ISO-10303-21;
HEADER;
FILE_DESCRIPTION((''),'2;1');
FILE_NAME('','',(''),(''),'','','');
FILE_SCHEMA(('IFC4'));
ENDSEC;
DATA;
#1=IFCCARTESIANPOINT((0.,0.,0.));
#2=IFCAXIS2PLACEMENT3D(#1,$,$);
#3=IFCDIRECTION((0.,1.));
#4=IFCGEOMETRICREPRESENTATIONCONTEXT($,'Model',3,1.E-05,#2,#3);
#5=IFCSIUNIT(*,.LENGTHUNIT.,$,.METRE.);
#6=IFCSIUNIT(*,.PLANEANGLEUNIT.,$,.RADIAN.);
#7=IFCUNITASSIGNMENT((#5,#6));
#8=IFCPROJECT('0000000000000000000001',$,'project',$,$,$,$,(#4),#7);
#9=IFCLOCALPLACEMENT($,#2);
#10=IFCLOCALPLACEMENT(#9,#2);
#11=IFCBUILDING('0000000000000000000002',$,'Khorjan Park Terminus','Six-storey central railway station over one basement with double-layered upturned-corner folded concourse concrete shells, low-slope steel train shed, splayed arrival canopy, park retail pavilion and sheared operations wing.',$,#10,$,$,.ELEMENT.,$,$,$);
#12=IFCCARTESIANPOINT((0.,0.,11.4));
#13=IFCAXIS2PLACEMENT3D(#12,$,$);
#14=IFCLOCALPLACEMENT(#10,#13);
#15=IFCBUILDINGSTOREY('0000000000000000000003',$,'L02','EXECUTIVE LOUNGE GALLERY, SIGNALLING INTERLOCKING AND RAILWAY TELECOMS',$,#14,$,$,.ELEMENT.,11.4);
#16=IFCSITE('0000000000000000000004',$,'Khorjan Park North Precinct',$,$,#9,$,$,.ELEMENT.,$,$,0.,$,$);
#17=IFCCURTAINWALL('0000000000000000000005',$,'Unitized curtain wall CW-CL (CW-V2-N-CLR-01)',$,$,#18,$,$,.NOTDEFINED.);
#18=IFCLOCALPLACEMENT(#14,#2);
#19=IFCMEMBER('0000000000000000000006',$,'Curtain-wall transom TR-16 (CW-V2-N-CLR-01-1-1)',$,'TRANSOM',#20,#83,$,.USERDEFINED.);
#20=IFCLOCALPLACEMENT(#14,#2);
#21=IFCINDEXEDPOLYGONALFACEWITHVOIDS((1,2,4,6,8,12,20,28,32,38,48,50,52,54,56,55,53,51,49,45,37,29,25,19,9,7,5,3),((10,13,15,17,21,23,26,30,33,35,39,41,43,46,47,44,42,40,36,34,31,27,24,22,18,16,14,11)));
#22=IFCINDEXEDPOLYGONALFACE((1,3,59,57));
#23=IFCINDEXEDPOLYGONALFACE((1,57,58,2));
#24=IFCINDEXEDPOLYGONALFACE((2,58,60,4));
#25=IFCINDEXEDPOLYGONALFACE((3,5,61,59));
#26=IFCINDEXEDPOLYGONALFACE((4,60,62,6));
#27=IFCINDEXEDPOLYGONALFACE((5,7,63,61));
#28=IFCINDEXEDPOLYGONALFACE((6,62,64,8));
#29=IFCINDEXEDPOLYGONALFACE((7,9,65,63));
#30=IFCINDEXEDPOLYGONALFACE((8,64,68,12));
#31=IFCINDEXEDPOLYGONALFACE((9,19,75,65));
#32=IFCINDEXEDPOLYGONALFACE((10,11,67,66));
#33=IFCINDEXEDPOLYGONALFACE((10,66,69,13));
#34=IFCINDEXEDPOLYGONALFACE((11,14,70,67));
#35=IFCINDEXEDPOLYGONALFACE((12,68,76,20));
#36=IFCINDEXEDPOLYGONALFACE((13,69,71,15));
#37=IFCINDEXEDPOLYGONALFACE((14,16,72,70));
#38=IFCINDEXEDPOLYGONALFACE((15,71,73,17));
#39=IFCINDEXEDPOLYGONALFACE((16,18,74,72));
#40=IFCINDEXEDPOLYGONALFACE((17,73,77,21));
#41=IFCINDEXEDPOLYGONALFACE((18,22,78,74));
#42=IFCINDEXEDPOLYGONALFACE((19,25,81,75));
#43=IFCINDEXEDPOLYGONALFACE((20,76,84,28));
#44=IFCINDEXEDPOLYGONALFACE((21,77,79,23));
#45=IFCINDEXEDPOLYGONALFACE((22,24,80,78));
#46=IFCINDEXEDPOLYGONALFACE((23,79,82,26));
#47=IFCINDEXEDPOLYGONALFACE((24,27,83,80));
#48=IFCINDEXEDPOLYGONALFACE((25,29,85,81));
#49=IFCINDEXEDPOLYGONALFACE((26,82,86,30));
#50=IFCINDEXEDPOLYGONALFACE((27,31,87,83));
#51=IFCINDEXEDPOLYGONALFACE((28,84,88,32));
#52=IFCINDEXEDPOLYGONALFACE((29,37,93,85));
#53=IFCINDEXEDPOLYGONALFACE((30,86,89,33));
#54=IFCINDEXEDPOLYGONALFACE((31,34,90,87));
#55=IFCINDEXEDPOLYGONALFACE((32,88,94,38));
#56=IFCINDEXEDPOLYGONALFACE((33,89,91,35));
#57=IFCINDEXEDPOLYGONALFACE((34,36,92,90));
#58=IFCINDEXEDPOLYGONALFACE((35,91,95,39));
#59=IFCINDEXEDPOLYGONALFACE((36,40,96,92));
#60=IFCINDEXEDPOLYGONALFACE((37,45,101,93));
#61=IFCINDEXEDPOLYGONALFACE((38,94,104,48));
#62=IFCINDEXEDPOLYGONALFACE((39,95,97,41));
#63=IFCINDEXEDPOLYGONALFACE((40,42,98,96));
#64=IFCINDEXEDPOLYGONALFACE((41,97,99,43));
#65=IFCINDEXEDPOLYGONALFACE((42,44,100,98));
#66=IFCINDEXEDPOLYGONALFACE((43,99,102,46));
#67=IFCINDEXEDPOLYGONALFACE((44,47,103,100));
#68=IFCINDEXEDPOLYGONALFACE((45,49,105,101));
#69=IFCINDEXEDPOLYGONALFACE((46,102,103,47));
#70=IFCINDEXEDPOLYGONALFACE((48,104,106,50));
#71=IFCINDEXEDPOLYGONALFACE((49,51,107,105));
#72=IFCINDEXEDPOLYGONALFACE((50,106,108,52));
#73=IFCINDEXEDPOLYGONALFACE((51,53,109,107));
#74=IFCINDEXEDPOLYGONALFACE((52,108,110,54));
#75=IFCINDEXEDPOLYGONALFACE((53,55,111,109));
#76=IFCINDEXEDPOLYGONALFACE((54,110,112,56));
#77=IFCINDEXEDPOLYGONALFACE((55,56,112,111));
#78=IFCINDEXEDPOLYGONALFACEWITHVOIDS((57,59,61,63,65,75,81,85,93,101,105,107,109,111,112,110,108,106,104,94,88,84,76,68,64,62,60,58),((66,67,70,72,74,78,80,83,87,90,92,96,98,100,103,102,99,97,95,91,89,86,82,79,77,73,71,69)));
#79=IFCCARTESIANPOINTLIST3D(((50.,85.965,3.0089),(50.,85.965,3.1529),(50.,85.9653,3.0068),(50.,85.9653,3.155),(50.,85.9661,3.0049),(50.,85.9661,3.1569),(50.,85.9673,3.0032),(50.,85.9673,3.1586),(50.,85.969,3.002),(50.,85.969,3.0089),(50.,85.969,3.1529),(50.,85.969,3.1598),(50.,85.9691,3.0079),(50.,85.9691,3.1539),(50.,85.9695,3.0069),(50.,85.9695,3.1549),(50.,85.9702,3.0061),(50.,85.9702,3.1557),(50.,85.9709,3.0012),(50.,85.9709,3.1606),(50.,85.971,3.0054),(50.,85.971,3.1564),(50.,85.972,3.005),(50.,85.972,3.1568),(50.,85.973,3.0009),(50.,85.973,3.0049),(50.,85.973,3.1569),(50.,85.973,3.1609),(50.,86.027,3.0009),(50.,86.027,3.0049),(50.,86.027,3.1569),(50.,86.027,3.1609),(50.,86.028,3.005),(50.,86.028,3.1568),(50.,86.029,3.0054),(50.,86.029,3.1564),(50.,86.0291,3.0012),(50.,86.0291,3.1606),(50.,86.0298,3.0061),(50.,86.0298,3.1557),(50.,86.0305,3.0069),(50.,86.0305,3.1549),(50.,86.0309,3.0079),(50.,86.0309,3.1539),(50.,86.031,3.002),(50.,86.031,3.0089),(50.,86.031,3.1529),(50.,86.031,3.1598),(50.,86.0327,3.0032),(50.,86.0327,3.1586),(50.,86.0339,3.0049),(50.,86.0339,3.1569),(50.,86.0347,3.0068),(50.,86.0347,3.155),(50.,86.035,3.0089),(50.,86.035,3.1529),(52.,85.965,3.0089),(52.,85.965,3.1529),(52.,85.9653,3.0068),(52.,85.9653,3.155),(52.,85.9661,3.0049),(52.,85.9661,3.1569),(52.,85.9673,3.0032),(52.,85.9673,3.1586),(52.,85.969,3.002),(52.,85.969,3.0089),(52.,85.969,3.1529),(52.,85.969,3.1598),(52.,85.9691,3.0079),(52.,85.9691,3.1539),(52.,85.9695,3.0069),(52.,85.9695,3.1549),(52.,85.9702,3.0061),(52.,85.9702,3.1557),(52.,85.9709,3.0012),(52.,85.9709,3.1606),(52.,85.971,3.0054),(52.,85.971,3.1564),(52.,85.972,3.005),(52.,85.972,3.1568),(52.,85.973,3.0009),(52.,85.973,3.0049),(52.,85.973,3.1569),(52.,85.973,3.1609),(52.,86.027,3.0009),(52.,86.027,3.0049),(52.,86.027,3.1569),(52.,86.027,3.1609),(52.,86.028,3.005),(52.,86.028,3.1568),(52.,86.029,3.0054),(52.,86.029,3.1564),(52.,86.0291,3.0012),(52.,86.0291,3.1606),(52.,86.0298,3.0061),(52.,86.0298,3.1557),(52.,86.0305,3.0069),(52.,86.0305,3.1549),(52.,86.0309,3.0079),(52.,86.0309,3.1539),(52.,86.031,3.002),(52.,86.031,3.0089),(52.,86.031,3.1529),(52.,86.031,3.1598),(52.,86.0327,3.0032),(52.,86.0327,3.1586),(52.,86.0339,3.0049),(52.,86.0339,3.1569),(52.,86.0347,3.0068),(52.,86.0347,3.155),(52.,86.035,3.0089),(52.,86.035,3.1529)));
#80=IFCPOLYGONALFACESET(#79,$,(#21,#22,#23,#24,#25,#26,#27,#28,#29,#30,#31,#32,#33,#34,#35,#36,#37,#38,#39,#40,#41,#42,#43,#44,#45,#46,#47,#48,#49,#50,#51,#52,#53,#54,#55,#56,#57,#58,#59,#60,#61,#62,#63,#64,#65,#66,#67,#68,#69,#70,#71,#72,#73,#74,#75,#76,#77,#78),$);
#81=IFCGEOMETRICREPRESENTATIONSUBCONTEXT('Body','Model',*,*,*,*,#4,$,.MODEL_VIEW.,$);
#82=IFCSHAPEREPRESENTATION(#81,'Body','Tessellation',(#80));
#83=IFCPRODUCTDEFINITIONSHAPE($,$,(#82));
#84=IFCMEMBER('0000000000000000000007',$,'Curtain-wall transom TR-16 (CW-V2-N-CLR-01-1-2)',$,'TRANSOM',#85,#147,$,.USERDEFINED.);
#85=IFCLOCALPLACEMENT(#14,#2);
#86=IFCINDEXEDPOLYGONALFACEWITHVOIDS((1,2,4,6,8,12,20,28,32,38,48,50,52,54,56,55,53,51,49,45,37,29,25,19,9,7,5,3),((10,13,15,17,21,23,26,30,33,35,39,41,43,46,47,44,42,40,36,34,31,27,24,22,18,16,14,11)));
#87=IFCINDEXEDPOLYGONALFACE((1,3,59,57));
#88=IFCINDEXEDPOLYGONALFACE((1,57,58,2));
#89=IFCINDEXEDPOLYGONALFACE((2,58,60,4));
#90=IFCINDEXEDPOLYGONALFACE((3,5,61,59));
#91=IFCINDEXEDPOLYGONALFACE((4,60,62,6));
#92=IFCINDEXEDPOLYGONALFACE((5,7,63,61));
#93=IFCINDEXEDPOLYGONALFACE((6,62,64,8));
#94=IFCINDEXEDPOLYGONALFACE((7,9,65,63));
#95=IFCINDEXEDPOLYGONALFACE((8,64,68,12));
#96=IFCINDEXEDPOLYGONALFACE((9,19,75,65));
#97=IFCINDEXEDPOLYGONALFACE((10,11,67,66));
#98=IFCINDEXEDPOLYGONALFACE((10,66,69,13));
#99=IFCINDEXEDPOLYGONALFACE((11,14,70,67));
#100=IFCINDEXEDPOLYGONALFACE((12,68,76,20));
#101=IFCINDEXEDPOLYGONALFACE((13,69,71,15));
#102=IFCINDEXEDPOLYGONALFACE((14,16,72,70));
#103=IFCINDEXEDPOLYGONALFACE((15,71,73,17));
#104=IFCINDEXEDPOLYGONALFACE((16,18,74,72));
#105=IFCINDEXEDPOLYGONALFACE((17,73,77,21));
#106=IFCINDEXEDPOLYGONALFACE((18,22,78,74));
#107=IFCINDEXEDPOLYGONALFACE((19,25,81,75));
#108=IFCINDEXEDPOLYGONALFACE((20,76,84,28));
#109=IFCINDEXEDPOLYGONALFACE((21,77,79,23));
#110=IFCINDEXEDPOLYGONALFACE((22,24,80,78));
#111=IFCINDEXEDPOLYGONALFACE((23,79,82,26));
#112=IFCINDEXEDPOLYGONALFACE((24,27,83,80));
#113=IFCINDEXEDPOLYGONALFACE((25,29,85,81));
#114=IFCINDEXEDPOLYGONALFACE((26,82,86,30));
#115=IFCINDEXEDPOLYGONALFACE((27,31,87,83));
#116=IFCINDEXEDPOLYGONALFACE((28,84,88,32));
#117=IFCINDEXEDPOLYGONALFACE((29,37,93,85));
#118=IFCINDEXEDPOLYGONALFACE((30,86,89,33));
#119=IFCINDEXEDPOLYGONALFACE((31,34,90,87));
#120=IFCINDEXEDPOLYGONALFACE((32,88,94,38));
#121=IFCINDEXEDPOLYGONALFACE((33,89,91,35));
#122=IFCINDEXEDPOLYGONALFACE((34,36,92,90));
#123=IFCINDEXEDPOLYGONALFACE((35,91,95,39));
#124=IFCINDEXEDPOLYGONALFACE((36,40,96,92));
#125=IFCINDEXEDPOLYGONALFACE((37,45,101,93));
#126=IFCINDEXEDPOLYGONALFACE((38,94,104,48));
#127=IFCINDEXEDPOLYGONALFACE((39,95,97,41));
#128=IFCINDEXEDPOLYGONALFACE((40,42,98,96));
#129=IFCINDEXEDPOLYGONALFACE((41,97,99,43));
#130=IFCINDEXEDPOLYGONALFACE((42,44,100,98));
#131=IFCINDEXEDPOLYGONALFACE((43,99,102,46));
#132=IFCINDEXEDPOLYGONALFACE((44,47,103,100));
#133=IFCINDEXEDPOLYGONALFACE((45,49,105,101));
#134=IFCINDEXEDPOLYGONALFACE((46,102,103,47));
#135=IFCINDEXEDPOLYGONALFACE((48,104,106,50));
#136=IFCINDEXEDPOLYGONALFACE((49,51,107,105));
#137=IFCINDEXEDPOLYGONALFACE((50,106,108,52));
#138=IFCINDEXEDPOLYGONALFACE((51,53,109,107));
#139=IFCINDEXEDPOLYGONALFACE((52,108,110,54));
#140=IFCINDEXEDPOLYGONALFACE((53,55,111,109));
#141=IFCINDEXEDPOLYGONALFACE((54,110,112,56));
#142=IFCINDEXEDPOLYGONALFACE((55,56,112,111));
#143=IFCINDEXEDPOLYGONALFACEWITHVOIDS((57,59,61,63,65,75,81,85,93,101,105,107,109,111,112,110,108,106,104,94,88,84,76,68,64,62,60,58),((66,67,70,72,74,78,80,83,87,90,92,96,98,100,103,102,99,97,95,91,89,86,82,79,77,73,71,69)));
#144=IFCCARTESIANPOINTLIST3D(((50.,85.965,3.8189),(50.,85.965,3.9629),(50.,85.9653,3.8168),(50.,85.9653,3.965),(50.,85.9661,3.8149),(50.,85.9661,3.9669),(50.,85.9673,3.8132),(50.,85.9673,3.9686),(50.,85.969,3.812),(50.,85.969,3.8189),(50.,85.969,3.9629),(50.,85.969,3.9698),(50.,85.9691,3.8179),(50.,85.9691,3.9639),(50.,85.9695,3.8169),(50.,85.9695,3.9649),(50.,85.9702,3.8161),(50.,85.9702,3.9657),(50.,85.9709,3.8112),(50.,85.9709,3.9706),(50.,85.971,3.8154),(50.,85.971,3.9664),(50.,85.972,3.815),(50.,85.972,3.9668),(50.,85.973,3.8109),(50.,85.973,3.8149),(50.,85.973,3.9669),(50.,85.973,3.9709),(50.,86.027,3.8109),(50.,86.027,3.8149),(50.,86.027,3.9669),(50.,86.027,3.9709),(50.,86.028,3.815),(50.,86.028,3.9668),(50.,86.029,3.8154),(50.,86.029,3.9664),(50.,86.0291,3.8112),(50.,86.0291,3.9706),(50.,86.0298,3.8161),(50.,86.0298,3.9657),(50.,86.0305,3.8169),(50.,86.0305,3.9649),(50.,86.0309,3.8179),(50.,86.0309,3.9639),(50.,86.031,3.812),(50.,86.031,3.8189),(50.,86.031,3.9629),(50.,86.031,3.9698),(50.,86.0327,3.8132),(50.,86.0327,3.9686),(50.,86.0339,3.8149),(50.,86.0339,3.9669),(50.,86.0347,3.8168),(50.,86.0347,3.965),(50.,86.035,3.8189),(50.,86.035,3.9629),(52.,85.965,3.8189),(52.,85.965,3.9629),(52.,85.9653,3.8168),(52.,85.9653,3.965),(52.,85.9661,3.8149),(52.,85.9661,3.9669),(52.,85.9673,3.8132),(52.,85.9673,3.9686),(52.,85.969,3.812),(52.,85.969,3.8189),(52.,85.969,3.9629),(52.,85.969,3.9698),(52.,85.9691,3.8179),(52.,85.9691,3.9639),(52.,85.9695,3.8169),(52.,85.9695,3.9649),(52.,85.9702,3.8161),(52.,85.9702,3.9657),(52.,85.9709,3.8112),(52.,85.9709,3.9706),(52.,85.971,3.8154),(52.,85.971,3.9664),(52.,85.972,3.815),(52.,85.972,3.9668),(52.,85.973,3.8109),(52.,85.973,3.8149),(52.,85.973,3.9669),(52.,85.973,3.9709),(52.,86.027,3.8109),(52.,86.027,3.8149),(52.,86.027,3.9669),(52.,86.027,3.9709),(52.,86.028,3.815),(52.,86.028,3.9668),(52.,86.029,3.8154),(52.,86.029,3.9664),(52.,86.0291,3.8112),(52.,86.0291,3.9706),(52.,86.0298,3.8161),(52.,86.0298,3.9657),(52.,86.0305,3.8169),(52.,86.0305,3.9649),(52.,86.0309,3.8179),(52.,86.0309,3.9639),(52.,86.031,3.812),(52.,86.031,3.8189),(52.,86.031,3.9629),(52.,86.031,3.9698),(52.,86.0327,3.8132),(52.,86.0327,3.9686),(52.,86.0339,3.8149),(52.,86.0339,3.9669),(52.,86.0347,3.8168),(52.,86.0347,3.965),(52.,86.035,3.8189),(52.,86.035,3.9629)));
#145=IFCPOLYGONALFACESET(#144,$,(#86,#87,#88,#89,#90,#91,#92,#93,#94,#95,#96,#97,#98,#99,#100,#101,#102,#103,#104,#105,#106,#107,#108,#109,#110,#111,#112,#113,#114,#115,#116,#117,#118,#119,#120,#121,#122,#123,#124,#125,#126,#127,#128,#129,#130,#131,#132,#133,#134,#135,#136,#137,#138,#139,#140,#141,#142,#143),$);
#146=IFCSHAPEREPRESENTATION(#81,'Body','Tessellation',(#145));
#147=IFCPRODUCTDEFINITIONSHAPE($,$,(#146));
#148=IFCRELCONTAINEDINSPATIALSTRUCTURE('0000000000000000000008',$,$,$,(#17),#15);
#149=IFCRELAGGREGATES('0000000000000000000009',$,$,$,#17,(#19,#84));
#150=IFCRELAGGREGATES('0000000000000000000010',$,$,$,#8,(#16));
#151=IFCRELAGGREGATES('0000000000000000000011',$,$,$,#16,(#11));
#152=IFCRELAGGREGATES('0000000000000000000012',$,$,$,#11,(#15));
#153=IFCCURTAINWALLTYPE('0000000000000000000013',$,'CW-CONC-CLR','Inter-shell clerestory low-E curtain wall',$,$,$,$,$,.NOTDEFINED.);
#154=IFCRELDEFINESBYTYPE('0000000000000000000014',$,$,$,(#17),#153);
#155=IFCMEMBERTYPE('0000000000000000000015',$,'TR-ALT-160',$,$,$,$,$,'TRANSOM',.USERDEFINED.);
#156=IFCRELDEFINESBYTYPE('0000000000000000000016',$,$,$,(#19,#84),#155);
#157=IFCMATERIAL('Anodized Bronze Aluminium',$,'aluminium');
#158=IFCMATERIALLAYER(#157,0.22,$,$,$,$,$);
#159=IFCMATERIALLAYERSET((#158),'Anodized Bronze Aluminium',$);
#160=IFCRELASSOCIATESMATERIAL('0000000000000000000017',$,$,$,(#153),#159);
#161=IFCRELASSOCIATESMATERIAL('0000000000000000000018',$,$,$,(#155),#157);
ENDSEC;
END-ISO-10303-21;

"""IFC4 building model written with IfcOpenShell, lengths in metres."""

from ifc_helpers import new_model, si_unit, direction, frame, origin, origin_2d, place, context, subcontext, project, spatial, hollow_rectangle, extrude, material, layer, layer_set, material_profile, profile_set, type_object, element, aggregate, save


model = new_model("IFC4")

# Units and contexts
model_context = context("Model", 3, precision=1e-05, world=origin(), true_north=direction((0.0, 1.0)))
body_context = subcontext(model_context, "Body", "Model", "MODEL_VIEW")
ifc_project = project(units=[si_unit("LENGTHUNIT", "METRE"), si_unit("PLANEANGLEUNIT", "RADIAN")], contexts=[model_context])

# Site, building, storey
site_placement = place(None, origin())
site = spatial("IfcSite", under=ifc_project, at=site_placement, Name="Khorjan Park North Precinct", CompositionType="ELEMENT", RefElevation=0.0)
building_placement = place(site_placement, origin())
building = spatial("IfcBuilding", under=site, at=building_placement, Name="Khorjan Park Terminus", Description="Six-storey central railway station over one basement with double-layered upturned-corner folded concourse concrete shells, low-slope steel train shed, splayed arrival canopy, park retail pavilion and sheared operations wing.", CompositionType="ELEMENT")
storey_placement = place(building_placement, frame((0.0, 0.0, 11.4)))
storey = spatial("IfcBuildingStorey", under=building, at=storey_placement, Name="L02", Description="EXECUTIVE LOUNGE GALLERY, SIGNALLING INTERLOCKING AND RAILWAY TELECOMS", CompositionType="ELEMENT", Elevation=11.4)

# Curtain wall, members
ifc_material_1 = material(Name="Anodized Bronze Aluminium", Category="aluminium")
ifc_layer_1 = layer(ifc_material_1, 0.22)
ifc_layer_set_1 = layer_set([ifc_layer_1], Name="Anodized Bronze Aluminium")
curtain_wall_type = type_object("IfcCurtainWallType", Name="CW-CONC-CLR", Description="Inter-shell clerestory low-E curtain wall", PredefinedType="NOTDEFINED", material=ifc_layer_set_1)
curtain_wall_1_placement = place(storey_placement, origin())
curtain_wall_1 = element("IfcCurtainWall", 1, at=curtain_wall_1_placement, inside=storey, type_object=curtain_wall_type, Name="Unitized curtain wall CW-CL (CW-V2-N-CLR-01)", PredefinedType="NOTDEFINED")
ifc_material_profile_1 = material_profile(ifc_material_1, hollow_rectangle(XDim=0.07, YDim=0.16, WallThickness=0.004, InnerFilletRadius=0.004, OuterFilletRadius=0.008, at=origin_2d()), Name="ALT 70x160x4")
ifc_profile_set_1 = profile_set([ifc_material_profile_1], Name="Anodized Bronze Aluminium")
member_type_1 = type_object("IfcMemberType", Name="TR-ALT-160", ElementType="TRANSOM", PredefinedType="USERDEFINED", material=ifc_profile_set_1)
member_1_placement = place(storey_placement, frame((52.0, 86.0, 3.0809), z_axis=(-1.0, 0.0, 0.0), x_axis=(0.0, -1.0, 0.0)))
member_1 = element("IfcMember", 2, at=member_1_placement, type_object=member_type_1, Name="Curtain-wall transom TR-16 (CW-V2-N-CLR-01-1-1)", ObjectType="TRANSOM", PredefinedType="USERDEFINED", context=body_context, shape_type="SweptSolid", body=[
    extrude(hollow_rectangle(XDim=0.07, YDim=0.16, WallThickness=0.004, InnerFilletRadius=0.004, OuterFilletRadius=0.008, at=origin_2d()), origin(), (0.0, 0.0, 1.0), 2.0),
])
member_2_placement = place(storey_placement, frame((52.0, 86.0, 3.8909), z_axis=(-1.0, 0.0, 0.0), x_axis=(0.0, -1.0, 0.0)))
member_2 = element("IfcMember", 3, at=member_2_placement, type_object=member_type_1, Name="Curtain-wall transom TR-16 (CW-V2-N-CLR-01-1-2)", ObjectType="TRANSOM", PredefinedType="USERDEFINED", context=body_context, shape_type="SweptSolid", body=[
    extrude(hollow_rectangle(XDim=0.07, YDim=0.16, WallThickness=0.004, InnerFilletRadius=0.004, OuterFilletRadius=0.008, at=origin_2d()), origin(), (0.0, 0.0, 1.0), 2.0),
])

aggregate(curtain_wall_1, [member_1, member_2])

save(model, "model.ifc")
